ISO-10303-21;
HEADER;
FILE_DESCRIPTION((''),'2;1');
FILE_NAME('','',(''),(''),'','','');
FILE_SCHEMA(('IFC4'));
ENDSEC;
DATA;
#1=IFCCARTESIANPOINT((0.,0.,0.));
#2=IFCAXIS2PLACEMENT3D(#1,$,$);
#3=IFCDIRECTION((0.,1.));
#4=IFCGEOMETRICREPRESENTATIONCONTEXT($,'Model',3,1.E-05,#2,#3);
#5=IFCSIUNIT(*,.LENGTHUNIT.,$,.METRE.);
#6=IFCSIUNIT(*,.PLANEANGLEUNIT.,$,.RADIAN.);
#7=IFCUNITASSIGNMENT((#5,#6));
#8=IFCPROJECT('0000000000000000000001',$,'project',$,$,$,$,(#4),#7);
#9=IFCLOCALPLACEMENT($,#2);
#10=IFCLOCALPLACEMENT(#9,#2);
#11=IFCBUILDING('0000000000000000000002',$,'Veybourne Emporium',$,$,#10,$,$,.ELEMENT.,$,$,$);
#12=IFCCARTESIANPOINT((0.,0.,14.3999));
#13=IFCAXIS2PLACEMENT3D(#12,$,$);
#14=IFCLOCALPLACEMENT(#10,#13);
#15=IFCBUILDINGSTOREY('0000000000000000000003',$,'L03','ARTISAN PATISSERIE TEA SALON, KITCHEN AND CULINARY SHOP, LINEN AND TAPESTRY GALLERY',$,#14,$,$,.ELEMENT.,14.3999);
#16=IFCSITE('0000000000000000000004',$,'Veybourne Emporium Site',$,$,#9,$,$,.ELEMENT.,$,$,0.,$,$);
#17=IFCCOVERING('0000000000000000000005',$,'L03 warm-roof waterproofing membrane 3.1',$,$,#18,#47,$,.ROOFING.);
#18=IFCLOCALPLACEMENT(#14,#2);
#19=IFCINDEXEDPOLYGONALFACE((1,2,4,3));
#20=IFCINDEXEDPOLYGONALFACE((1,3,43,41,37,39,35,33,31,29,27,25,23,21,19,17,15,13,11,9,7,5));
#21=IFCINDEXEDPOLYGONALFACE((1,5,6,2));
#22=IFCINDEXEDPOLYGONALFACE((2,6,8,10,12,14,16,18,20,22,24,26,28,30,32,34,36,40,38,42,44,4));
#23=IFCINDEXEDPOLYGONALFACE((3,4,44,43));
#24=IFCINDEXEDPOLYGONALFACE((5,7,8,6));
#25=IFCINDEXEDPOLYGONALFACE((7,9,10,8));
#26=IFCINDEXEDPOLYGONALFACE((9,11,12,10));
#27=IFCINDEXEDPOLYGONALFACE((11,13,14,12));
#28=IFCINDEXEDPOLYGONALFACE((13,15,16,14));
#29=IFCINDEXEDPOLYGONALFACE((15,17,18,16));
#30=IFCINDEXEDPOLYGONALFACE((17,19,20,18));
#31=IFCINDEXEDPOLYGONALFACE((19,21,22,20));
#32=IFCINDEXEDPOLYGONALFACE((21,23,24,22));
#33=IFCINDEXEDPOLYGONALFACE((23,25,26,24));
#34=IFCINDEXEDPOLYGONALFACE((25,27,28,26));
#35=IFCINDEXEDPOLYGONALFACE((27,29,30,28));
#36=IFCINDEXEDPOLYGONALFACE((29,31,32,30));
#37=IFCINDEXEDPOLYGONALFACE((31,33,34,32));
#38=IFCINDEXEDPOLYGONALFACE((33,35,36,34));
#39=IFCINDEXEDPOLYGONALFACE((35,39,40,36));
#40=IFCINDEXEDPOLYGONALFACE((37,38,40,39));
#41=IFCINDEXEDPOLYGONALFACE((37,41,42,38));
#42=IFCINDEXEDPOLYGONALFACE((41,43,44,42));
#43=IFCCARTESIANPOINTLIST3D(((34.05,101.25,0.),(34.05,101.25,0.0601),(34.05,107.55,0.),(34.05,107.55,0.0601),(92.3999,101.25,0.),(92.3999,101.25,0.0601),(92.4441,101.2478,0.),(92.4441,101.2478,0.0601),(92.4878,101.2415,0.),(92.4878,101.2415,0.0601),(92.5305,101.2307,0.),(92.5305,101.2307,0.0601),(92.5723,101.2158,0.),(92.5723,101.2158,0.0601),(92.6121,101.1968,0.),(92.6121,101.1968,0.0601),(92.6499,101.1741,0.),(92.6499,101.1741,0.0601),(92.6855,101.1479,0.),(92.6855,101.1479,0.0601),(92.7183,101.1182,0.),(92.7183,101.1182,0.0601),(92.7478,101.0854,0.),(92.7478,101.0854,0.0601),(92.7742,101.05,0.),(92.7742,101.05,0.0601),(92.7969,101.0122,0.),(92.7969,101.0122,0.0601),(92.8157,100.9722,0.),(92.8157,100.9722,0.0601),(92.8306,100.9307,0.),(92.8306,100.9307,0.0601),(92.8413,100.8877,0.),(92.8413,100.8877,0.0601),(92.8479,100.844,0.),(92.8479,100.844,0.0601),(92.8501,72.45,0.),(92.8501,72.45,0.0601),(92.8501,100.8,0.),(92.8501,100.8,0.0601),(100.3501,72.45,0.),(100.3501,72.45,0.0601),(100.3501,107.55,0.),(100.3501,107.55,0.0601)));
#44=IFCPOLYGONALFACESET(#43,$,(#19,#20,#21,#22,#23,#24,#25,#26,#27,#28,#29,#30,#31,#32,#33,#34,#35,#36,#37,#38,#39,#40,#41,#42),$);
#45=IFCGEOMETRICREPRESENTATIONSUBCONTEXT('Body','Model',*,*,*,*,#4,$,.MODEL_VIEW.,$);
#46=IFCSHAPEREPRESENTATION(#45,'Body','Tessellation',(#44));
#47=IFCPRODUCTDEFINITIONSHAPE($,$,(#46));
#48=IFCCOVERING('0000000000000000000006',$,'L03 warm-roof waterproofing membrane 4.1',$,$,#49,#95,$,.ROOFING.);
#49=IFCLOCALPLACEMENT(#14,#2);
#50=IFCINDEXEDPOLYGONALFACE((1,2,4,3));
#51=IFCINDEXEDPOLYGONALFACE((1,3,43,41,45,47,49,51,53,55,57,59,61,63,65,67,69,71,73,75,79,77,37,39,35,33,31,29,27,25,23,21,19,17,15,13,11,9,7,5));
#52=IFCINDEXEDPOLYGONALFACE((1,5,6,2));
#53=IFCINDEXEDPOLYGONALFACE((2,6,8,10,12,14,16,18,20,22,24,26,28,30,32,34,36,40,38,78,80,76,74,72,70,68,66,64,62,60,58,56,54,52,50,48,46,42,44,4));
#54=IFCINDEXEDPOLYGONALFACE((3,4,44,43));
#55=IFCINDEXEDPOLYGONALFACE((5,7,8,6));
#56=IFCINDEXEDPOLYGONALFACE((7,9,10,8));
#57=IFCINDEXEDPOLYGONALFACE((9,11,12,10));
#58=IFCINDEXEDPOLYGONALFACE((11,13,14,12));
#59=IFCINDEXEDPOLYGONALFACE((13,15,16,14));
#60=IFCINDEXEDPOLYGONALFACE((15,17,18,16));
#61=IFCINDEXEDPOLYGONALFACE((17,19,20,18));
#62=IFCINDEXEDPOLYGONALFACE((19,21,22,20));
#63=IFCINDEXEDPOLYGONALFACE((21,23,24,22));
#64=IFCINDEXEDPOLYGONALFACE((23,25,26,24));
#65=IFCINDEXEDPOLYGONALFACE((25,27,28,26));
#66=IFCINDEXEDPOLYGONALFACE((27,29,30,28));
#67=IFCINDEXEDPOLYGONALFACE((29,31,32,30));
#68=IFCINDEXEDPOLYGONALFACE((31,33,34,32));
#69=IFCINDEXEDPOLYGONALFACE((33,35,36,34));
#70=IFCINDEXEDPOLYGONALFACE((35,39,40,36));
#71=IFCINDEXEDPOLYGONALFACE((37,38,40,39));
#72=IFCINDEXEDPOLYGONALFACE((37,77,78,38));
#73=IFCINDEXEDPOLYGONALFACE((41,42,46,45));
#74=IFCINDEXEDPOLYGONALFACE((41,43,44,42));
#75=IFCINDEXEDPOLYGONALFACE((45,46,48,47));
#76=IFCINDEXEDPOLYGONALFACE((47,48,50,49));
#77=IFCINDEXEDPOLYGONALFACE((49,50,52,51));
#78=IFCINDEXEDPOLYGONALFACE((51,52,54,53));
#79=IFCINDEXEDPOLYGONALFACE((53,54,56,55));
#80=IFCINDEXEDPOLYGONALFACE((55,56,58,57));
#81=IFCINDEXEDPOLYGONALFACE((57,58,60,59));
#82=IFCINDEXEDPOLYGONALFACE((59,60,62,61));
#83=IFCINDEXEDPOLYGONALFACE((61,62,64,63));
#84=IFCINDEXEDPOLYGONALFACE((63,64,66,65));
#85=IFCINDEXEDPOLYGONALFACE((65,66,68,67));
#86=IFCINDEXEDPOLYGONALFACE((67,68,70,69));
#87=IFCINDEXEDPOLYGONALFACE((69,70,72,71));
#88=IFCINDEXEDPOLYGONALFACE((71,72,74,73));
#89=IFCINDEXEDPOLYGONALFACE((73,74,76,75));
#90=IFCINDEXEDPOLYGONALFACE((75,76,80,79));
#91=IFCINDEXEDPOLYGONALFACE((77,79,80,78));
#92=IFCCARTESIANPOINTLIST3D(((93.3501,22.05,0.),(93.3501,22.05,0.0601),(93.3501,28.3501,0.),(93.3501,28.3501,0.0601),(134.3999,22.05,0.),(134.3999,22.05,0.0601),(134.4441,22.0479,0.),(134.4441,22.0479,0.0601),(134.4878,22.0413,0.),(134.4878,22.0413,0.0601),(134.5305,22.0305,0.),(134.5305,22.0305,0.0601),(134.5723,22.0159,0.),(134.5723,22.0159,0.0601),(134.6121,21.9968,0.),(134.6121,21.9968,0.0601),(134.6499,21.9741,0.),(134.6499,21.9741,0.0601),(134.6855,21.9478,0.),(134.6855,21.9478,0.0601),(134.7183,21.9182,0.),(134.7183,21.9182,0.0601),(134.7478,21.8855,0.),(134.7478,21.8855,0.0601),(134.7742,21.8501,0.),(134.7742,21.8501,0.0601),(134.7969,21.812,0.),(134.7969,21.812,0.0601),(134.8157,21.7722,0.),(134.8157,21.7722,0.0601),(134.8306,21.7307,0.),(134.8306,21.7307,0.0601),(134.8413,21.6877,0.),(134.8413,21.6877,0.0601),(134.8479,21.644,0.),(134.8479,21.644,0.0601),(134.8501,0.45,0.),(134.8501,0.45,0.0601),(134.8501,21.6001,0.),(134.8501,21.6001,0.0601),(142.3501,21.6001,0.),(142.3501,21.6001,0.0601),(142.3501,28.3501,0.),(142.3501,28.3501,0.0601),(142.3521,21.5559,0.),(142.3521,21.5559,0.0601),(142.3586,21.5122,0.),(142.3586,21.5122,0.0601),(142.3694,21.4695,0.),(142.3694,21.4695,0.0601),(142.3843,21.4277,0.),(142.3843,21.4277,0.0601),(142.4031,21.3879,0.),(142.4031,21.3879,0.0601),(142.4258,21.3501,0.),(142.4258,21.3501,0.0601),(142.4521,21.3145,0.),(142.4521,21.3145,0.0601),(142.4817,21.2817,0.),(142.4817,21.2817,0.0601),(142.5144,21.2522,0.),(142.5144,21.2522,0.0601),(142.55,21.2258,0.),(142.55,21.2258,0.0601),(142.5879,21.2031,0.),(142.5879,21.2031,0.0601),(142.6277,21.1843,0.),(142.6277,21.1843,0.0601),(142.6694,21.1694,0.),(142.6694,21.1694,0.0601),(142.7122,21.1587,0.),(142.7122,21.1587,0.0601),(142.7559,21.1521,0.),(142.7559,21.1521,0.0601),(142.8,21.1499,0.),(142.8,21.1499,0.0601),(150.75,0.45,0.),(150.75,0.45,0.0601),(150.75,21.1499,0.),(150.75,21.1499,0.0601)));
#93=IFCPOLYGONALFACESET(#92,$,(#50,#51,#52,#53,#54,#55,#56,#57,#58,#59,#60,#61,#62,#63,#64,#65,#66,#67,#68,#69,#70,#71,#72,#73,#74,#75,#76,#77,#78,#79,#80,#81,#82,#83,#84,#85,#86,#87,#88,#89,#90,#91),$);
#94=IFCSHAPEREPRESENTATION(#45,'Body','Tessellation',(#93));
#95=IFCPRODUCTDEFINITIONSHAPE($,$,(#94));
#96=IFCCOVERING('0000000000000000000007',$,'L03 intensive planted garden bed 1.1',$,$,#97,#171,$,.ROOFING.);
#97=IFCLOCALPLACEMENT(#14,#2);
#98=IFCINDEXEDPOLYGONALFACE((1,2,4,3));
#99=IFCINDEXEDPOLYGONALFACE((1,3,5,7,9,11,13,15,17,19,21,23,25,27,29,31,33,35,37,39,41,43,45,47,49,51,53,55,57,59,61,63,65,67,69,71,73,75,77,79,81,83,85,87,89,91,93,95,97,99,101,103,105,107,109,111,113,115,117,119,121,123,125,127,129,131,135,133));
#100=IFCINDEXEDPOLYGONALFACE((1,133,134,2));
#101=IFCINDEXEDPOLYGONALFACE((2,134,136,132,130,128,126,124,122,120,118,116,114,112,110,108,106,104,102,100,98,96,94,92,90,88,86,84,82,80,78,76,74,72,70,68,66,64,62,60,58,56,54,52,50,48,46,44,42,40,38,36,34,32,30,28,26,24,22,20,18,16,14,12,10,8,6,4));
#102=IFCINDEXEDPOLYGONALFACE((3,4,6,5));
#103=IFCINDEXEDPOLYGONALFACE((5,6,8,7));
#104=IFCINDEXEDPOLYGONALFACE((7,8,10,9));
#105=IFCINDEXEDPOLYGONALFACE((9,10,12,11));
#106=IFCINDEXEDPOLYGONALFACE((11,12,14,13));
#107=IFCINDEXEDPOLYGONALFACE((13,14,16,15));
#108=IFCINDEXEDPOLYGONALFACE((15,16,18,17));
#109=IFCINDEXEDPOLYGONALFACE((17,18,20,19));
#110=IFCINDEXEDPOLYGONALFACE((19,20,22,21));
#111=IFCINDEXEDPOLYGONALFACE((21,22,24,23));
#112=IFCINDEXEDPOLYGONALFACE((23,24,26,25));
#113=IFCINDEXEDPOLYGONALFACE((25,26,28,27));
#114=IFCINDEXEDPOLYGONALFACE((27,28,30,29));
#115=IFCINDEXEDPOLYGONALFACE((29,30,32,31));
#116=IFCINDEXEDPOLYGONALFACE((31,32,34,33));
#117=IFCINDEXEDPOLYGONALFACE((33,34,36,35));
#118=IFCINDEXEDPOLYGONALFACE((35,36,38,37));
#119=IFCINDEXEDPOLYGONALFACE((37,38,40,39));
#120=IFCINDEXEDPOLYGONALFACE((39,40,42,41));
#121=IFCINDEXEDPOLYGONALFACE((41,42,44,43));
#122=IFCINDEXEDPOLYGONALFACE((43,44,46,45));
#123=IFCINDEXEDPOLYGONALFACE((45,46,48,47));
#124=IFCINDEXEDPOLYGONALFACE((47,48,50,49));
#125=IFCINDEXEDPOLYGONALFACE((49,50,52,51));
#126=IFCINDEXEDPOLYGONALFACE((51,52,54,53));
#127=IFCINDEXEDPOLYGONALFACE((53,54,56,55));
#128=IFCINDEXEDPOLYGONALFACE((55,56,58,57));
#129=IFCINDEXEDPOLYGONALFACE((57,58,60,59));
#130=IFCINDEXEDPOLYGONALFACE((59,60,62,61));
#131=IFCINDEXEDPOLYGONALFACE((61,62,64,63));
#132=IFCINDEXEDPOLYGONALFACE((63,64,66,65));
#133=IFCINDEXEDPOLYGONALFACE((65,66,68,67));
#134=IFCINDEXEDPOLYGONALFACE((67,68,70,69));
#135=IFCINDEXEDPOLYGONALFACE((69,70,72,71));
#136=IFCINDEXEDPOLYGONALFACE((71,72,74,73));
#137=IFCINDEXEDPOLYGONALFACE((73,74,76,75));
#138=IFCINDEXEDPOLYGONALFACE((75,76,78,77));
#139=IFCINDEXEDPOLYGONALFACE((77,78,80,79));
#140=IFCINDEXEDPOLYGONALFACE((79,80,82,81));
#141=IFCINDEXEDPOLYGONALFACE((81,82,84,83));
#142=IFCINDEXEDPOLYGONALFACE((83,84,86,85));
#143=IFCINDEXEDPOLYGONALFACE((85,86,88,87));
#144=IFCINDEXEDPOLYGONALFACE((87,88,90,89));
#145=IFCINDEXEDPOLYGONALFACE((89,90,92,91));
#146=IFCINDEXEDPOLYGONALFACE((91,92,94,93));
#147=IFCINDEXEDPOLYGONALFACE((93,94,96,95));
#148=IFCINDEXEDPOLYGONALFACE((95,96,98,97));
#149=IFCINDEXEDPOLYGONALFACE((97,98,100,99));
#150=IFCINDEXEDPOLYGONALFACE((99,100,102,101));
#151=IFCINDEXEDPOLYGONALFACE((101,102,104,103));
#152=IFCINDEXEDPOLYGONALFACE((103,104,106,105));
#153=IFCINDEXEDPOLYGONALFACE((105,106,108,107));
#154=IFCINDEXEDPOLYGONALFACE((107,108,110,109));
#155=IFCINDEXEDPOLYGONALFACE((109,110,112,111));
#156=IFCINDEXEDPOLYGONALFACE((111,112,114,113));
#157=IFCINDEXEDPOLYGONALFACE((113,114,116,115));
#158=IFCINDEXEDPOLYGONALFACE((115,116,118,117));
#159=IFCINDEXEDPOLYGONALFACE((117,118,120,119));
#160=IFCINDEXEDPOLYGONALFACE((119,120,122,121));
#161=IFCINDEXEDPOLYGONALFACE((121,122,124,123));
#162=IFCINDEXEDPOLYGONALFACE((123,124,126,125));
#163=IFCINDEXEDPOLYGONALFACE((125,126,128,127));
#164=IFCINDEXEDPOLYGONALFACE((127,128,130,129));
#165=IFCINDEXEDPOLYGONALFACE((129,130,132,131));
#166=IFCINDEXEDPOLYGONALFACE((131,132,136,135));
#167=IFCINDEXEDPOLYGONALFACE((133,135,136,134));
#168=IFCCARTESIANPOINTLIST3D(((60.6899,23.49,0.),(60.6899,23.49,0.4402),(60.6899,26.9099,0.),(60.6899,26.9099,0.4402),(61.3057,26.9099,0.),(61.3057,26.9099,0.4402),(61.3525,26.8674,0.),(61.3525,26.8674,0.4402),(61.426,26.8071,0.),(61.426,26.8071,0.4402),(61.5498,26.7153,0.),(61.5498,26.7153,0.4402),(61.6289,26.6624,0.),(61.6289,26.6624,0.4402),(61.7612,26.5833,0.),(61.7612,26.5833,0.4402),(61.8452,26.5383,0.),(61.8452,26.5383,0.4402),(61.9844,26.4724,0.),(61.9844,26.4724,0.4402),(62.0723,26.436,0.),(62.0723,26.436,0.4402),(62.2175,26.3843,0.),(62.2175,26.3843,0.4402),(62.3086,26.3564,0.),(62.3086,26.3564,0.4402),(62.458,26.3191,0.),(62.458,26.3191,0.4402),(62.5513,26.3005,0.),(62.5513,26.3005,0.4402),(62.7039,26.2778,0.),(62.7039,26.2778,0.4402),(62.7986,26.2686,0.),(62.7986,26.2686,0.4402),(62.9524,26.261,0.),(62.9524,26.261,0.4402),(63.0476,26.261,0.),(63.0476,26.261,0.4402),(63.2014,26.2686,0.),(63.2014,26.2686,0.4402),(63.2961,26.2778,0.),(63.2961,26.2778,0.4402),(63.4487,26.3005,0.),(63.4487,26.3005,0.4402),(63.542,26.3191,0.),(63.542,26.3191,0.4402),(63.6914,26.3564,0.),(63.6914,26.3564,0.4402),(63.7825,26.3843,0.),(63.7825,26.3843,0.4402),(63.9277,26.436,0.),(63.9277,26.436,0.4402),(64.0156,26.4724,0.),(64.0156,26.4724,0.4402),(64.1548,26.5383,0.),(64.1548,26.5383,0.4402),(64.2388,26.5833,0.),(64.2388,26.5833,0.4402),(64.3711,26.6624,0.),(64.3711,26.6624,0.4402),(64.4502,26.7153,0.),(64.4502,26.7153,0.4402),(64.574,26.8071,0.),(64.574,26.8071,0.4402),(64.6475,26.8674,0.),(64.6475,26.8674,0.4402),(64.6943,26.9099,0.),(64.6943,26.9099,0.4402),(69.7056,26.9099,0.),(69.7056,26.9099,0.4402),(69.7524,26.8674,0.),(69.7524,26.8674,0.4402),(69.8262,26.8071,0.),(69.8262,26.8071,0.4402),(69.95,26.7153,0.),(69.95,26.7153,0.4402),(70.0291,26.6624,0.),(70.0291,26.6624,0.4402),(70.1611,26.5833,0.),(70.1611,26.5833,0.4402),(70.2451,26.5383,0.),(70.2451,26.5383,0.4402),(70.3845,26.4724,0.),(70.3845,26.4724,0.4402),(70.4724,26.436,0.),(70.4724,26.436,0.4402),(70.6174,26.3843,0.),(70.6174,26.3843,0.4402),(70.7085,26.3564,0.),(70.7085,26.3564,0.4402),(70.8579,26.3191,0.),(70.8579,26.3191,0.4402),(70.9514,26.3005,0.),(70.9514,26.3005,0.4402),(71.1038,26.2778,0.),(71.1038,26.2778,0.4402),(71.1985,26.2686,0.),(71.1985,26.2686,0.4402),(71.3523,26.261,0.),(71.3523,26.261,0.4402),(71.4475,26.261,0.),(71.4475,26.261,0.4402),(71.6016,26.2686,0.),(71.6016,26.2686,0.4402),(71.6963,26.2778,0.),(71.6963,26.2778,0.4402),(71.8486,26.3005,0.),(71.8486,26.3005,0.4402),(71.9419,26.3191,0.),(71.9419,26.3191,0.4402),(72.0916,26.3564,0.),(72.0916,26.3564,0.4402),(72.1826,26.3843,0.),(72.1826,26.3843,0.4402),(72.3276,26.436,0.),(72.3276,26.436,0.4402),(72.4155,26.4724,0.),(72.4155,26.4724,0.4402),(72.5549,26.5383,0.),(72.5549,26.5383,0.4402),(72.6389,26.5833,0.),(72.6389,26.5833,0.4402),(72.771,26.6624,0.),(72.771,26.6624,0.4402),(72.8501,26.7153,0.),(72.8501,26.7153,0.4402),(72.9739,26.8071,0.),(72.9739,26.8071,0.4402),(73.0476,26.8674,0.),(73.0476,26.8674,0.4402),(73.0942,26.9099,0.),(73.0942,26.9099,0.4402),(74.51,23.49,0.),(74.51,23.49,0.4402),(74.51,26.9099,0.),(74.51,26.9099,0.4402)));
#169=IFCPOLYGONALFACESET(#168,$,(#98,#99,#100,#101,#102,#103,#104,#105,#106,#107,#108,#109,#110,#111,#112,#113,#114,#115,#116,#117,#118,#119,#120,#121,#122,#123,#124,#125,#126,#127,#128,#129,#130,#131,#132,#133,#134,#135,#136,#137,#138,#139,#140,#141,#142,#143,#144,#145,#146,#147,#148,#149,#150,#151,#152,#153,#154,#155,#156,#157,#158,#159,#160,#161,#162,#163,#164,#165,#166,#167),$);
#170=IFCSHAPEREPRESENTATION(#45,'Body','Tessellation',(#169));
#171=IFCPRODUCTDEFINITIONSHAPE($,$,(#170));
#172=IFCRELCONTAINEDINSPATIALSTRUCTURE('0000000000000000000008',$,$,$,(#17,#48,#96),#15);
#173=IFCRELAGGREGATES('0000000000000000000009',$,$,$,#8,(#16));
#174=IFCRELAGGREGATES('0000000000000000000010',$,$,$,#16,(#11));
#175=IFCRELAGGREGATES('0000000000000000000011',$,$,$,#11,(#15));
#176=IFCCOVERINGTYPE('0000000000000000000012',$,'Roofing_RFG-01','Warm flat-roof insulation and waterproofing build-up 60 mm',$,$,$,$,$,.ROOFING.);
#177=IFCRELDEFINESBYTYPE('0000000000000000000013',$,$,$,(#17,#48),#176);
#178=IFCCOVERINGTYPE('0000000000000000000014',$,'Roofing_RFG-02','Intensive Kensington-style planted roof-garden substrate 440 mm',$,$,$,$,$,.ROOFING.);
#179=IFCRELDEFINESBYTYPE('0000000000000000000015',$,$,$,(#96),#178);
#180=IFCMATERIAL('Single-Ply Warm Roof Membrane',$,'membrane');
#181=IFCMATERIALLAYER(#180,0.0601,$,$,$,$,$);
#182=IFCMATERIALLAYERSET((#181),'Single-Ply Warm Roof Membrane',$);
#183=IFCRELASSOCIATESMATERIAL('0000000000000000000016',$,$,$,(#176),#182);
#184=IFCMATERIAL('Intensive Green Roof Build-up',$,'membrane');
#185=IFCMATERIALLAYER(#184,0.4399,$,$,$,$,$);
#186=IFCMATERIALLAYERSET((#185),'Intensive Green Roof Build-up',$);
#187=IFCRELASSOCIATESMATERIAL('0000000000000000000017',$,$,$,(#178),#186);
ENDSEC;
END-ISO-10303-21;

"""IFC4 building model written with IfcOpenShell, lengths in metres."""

from ifc_helpers import new_model, si_unit, direction, frame, origin, place, context, subcontext, project, spatial, polyline, outline, extrude, material, layer, layer_set, type_object, element, save


model = new_model("IFC4")

# Units and contexts
model_context = context("Model", 3, precision=1e-05, world=origin(), true_north=direction((0.0, 1.0)))
body_context = subcontext(model_context, "Body", "Model", "MODEL_VIEW")
ifc_project = project(units=[si_unit("LENGTHUNIT", "METRE"), si_unit("PLANEANGLEUNIT", "RADIAN")], contexts=[model_context])

# Site, building, storey
site_placement = place(None, origin())
site = spatial("IfcSite", under=ifc_project, at=site_placement, Name="Veybourne Emporium Site", CompositionType="ELEMENT", RefElevation=0.0)
building_placement = place(site_placement, origin())
building = spatial("IfcBuilding", under=site, at=building_placement, Name="Veybourne Emporium", CompositionType="ELEMENT")
storey_placement = place(building_placement, frame((0.0, 0.0, 14.3999)))
storey = spatial("IfcBuildingStorey", under=building, at=storey_placement, Name="L03", Description="ARTISAN PATISSERIE TEA SALON, KITCHEN AND CULINARY SHOP, LINEN AND TAPESTRY GALLERY", CompositionType="ELEMENT", Elevation=14.3999)

# Coverings
ifc_material_1 = material(Name="Single-Ply Warm Roof Membrane", Category="membrane")
ifc_layer_1 = layer(ifc_material_1, 0.0601)
ifc_layer_set_1 = layer_set([ifc_layer_1], Name="Single-Ply Warm Roof Membrane")
covering_type_1 = type_object("IfcCoveringType", Name="Roofing_RFG-01", Description="Warm flat-roof insulation and waterproofing build-up 60 mm", PredefinedType="ROOFING", material=ifc_layer_set_1)
covering_1_placement = place(storey_placement, origin())
element("IfcCovering", 1, at=covering_1_placement, inside=storey, type_object=covering_type_1, Name="L03 warm-roof waterproofing membrane 3.1", PredefinedType="ROOFING", context=body_context, shape_type="SweptSolid", body=[
    extrude(outline(polyline([(92.8501, 100.8), (92.8479, 100.844), (92.8413, 100.8877), (92.8306, 100.9307), (92.8157, 100.9722), (92.7969, 101.0122), (92.7742, 101.05), (92.7478, 101.0854), (92.7183, 101.1182), (92.6855, 101.1479), (92.6499, 101.1741), (92.6121, 101.1968), (92.5723, 101.2158), (92.5305, 101.2307), (92.4878, 101.2415), (92.4441, 101.2478), (92.3999, 101.25), (34.05, 101.25), (34.05, 107.55), (100.3501, 107.55), (100.3501, 72.45), (92.8501, 72.45), (92.8501, 100.8)])), origin(), (0.0, 0.0, 1.0), 0.0601),
])
covering_2_placement = place(storey_placement, origin())
element("IfcCovering", 2, at=covering_2_placement, inside=storey, type_object=covering_type_1, Name="L03 warm-roof waterproofing membrane 4.1", PredefinedType="ROOFING", context=body_context, shape_type="SweptSolid", body=[
    extrude(outline(polyline([(93.3501, 22.05), (93.3501, 28.3501), (142.3501, 28.3501), (142.3501, 21.6001), (142.3521, 21.5559), (142.3586, 21.5122), (142.3694, 21.4695), (142.3843, 21.4277), (142.4031, 21.3879), (142.4258, 21.3501), (142.4521, 21.3145), (142.4817, 21.2817), (142.5144, 21.2522), (142.55, 21.2258), (142.5879, 21.2031), (142.6277, 21.1843), (142.6694, 21.1694), (142.7122, 21.1587), (142.7559, 21.1521), (142.8, 21.1499), (150.75, 21.1499), (150.75, 0.45), (134.8501, 0.45), (134.8501, 21.6001), (134.8479, 21.644), (134.8413, 21.6877), (134.8306, 21.7307), (134.8157, 21.7722), (134.7969, 21.812), (134.7742, 21.8501), (134.7478, 21.8855), (134.7183, 21.9182), (134.6855, 21.9478), (134.6499, 21.9741), (134.6121, 21.9968), (134.5723, 22.0159), (134.5305, 22.0305), (134.4878, 22.0413), (134.4441, 22.0479), (134.3999, 22.05), (93.3501, 22.05)])), origin(), (0.0, 0.0, 1.0), 0.0601),
])
ifc_material_2 = material(Name="Intensive Green Roof Build-up", Category="membrane")
ifc_layer_2 = layer(ifc_material_2, 0.4399)
ifc_layer_set_2 = layer_set([ifc_layer_2], Name="Intensive Green Roof Build-up")
covering_type_2 = type_object("IfcCoveringType", Name="Roofing_RFG-02", Description="Intensive Kensington-style planted roof-garden substrate 440 mm", PredefinedType="ROOFING", material=ifc_layer_set_2)
covering_3_placement = place(storey_placement, origin())
element("IfcCovering", 3, at=covering_3_placement, inside=storey, type_object=covering_type_2, Name="L03 intensive planted garden bed 1.1", PredefinedType="ROOFING", context=body_context, shape_type="SweptSolid", body=[
    extrude(outline(polyline([(61.3057, 26.9099), (61.3525, 26.8674), (61.426, 26.8071), (61.5498, 26.7153), (61.6289, 26.6624), (61.7612, 26.5833), (61.8452, 26.5383), (61.9844, 26.4724), (62.0723, 26.436), (62.2175, 26.3843), (62.3086, 26.3564), (62.458, 26.3191), (62.5513, 26.3005), (62.7039, 26.2778), (62.7986, 26.2686), (62.9524, 26.261), (63.0476, 26.261), (63.2014, 26.2686), (63.2961, 26.2778), (63.4487, 26.3005), (63.542, 26.3191), (63.6914, 26.3564), (63.7825, 26.3843), (63.9277, 26.436), (64.0156, 26.4724), (64.1548, 26.5383), (64.2388, 26.5833), (64.3711, 26.6624), (64.4502, 26.7153), (64.574, 26.8071), (64.6475, 26.8674), (64.6943, 26.9099), (69.7056, 26.9099), (69.7524, 26.8674), (69.8262, 26.8071), (69.95, 26.7153), (70.0291, 26.6624), (70.1611, 26.5833), (70.2451, 26.5383), (70.3845, 26.4724), (70.4724, 26.436), (70.6174, 26.3843), (70.7085, 26.3564), (70.8579, 26.3191), (70.9514, 26.3005), (71.1038, 26.2778), (71.1985, 26.2686), (71.3523, 26.261), (71.4475, 26.261), (71.6016, 26.2686), (71.6963, 26.2778), (71.8486, 26.3005), (71.9419, 26.3191), (72.0916, 26.3564), (72.1826, 26.3843), (72.3276, 26.436), (72.4155, 26.4724), (72.5549, 26.5383), (72.6389, 26.5833), (72.771, 26.6624), (72.8501, 26.7153), (72.9739, 26.8071), (73.0476, 26.8674), (73.0942, 26.9099), (74.51, 26.9099), (74.51, 23.49), (60.6899, 23.49), (60.6899, 26.9099), (61.3057, 26.9099)])), origin(), (0.0, 0.0, 1.0), 0.4402),
])

save(model, "model.ifc")
